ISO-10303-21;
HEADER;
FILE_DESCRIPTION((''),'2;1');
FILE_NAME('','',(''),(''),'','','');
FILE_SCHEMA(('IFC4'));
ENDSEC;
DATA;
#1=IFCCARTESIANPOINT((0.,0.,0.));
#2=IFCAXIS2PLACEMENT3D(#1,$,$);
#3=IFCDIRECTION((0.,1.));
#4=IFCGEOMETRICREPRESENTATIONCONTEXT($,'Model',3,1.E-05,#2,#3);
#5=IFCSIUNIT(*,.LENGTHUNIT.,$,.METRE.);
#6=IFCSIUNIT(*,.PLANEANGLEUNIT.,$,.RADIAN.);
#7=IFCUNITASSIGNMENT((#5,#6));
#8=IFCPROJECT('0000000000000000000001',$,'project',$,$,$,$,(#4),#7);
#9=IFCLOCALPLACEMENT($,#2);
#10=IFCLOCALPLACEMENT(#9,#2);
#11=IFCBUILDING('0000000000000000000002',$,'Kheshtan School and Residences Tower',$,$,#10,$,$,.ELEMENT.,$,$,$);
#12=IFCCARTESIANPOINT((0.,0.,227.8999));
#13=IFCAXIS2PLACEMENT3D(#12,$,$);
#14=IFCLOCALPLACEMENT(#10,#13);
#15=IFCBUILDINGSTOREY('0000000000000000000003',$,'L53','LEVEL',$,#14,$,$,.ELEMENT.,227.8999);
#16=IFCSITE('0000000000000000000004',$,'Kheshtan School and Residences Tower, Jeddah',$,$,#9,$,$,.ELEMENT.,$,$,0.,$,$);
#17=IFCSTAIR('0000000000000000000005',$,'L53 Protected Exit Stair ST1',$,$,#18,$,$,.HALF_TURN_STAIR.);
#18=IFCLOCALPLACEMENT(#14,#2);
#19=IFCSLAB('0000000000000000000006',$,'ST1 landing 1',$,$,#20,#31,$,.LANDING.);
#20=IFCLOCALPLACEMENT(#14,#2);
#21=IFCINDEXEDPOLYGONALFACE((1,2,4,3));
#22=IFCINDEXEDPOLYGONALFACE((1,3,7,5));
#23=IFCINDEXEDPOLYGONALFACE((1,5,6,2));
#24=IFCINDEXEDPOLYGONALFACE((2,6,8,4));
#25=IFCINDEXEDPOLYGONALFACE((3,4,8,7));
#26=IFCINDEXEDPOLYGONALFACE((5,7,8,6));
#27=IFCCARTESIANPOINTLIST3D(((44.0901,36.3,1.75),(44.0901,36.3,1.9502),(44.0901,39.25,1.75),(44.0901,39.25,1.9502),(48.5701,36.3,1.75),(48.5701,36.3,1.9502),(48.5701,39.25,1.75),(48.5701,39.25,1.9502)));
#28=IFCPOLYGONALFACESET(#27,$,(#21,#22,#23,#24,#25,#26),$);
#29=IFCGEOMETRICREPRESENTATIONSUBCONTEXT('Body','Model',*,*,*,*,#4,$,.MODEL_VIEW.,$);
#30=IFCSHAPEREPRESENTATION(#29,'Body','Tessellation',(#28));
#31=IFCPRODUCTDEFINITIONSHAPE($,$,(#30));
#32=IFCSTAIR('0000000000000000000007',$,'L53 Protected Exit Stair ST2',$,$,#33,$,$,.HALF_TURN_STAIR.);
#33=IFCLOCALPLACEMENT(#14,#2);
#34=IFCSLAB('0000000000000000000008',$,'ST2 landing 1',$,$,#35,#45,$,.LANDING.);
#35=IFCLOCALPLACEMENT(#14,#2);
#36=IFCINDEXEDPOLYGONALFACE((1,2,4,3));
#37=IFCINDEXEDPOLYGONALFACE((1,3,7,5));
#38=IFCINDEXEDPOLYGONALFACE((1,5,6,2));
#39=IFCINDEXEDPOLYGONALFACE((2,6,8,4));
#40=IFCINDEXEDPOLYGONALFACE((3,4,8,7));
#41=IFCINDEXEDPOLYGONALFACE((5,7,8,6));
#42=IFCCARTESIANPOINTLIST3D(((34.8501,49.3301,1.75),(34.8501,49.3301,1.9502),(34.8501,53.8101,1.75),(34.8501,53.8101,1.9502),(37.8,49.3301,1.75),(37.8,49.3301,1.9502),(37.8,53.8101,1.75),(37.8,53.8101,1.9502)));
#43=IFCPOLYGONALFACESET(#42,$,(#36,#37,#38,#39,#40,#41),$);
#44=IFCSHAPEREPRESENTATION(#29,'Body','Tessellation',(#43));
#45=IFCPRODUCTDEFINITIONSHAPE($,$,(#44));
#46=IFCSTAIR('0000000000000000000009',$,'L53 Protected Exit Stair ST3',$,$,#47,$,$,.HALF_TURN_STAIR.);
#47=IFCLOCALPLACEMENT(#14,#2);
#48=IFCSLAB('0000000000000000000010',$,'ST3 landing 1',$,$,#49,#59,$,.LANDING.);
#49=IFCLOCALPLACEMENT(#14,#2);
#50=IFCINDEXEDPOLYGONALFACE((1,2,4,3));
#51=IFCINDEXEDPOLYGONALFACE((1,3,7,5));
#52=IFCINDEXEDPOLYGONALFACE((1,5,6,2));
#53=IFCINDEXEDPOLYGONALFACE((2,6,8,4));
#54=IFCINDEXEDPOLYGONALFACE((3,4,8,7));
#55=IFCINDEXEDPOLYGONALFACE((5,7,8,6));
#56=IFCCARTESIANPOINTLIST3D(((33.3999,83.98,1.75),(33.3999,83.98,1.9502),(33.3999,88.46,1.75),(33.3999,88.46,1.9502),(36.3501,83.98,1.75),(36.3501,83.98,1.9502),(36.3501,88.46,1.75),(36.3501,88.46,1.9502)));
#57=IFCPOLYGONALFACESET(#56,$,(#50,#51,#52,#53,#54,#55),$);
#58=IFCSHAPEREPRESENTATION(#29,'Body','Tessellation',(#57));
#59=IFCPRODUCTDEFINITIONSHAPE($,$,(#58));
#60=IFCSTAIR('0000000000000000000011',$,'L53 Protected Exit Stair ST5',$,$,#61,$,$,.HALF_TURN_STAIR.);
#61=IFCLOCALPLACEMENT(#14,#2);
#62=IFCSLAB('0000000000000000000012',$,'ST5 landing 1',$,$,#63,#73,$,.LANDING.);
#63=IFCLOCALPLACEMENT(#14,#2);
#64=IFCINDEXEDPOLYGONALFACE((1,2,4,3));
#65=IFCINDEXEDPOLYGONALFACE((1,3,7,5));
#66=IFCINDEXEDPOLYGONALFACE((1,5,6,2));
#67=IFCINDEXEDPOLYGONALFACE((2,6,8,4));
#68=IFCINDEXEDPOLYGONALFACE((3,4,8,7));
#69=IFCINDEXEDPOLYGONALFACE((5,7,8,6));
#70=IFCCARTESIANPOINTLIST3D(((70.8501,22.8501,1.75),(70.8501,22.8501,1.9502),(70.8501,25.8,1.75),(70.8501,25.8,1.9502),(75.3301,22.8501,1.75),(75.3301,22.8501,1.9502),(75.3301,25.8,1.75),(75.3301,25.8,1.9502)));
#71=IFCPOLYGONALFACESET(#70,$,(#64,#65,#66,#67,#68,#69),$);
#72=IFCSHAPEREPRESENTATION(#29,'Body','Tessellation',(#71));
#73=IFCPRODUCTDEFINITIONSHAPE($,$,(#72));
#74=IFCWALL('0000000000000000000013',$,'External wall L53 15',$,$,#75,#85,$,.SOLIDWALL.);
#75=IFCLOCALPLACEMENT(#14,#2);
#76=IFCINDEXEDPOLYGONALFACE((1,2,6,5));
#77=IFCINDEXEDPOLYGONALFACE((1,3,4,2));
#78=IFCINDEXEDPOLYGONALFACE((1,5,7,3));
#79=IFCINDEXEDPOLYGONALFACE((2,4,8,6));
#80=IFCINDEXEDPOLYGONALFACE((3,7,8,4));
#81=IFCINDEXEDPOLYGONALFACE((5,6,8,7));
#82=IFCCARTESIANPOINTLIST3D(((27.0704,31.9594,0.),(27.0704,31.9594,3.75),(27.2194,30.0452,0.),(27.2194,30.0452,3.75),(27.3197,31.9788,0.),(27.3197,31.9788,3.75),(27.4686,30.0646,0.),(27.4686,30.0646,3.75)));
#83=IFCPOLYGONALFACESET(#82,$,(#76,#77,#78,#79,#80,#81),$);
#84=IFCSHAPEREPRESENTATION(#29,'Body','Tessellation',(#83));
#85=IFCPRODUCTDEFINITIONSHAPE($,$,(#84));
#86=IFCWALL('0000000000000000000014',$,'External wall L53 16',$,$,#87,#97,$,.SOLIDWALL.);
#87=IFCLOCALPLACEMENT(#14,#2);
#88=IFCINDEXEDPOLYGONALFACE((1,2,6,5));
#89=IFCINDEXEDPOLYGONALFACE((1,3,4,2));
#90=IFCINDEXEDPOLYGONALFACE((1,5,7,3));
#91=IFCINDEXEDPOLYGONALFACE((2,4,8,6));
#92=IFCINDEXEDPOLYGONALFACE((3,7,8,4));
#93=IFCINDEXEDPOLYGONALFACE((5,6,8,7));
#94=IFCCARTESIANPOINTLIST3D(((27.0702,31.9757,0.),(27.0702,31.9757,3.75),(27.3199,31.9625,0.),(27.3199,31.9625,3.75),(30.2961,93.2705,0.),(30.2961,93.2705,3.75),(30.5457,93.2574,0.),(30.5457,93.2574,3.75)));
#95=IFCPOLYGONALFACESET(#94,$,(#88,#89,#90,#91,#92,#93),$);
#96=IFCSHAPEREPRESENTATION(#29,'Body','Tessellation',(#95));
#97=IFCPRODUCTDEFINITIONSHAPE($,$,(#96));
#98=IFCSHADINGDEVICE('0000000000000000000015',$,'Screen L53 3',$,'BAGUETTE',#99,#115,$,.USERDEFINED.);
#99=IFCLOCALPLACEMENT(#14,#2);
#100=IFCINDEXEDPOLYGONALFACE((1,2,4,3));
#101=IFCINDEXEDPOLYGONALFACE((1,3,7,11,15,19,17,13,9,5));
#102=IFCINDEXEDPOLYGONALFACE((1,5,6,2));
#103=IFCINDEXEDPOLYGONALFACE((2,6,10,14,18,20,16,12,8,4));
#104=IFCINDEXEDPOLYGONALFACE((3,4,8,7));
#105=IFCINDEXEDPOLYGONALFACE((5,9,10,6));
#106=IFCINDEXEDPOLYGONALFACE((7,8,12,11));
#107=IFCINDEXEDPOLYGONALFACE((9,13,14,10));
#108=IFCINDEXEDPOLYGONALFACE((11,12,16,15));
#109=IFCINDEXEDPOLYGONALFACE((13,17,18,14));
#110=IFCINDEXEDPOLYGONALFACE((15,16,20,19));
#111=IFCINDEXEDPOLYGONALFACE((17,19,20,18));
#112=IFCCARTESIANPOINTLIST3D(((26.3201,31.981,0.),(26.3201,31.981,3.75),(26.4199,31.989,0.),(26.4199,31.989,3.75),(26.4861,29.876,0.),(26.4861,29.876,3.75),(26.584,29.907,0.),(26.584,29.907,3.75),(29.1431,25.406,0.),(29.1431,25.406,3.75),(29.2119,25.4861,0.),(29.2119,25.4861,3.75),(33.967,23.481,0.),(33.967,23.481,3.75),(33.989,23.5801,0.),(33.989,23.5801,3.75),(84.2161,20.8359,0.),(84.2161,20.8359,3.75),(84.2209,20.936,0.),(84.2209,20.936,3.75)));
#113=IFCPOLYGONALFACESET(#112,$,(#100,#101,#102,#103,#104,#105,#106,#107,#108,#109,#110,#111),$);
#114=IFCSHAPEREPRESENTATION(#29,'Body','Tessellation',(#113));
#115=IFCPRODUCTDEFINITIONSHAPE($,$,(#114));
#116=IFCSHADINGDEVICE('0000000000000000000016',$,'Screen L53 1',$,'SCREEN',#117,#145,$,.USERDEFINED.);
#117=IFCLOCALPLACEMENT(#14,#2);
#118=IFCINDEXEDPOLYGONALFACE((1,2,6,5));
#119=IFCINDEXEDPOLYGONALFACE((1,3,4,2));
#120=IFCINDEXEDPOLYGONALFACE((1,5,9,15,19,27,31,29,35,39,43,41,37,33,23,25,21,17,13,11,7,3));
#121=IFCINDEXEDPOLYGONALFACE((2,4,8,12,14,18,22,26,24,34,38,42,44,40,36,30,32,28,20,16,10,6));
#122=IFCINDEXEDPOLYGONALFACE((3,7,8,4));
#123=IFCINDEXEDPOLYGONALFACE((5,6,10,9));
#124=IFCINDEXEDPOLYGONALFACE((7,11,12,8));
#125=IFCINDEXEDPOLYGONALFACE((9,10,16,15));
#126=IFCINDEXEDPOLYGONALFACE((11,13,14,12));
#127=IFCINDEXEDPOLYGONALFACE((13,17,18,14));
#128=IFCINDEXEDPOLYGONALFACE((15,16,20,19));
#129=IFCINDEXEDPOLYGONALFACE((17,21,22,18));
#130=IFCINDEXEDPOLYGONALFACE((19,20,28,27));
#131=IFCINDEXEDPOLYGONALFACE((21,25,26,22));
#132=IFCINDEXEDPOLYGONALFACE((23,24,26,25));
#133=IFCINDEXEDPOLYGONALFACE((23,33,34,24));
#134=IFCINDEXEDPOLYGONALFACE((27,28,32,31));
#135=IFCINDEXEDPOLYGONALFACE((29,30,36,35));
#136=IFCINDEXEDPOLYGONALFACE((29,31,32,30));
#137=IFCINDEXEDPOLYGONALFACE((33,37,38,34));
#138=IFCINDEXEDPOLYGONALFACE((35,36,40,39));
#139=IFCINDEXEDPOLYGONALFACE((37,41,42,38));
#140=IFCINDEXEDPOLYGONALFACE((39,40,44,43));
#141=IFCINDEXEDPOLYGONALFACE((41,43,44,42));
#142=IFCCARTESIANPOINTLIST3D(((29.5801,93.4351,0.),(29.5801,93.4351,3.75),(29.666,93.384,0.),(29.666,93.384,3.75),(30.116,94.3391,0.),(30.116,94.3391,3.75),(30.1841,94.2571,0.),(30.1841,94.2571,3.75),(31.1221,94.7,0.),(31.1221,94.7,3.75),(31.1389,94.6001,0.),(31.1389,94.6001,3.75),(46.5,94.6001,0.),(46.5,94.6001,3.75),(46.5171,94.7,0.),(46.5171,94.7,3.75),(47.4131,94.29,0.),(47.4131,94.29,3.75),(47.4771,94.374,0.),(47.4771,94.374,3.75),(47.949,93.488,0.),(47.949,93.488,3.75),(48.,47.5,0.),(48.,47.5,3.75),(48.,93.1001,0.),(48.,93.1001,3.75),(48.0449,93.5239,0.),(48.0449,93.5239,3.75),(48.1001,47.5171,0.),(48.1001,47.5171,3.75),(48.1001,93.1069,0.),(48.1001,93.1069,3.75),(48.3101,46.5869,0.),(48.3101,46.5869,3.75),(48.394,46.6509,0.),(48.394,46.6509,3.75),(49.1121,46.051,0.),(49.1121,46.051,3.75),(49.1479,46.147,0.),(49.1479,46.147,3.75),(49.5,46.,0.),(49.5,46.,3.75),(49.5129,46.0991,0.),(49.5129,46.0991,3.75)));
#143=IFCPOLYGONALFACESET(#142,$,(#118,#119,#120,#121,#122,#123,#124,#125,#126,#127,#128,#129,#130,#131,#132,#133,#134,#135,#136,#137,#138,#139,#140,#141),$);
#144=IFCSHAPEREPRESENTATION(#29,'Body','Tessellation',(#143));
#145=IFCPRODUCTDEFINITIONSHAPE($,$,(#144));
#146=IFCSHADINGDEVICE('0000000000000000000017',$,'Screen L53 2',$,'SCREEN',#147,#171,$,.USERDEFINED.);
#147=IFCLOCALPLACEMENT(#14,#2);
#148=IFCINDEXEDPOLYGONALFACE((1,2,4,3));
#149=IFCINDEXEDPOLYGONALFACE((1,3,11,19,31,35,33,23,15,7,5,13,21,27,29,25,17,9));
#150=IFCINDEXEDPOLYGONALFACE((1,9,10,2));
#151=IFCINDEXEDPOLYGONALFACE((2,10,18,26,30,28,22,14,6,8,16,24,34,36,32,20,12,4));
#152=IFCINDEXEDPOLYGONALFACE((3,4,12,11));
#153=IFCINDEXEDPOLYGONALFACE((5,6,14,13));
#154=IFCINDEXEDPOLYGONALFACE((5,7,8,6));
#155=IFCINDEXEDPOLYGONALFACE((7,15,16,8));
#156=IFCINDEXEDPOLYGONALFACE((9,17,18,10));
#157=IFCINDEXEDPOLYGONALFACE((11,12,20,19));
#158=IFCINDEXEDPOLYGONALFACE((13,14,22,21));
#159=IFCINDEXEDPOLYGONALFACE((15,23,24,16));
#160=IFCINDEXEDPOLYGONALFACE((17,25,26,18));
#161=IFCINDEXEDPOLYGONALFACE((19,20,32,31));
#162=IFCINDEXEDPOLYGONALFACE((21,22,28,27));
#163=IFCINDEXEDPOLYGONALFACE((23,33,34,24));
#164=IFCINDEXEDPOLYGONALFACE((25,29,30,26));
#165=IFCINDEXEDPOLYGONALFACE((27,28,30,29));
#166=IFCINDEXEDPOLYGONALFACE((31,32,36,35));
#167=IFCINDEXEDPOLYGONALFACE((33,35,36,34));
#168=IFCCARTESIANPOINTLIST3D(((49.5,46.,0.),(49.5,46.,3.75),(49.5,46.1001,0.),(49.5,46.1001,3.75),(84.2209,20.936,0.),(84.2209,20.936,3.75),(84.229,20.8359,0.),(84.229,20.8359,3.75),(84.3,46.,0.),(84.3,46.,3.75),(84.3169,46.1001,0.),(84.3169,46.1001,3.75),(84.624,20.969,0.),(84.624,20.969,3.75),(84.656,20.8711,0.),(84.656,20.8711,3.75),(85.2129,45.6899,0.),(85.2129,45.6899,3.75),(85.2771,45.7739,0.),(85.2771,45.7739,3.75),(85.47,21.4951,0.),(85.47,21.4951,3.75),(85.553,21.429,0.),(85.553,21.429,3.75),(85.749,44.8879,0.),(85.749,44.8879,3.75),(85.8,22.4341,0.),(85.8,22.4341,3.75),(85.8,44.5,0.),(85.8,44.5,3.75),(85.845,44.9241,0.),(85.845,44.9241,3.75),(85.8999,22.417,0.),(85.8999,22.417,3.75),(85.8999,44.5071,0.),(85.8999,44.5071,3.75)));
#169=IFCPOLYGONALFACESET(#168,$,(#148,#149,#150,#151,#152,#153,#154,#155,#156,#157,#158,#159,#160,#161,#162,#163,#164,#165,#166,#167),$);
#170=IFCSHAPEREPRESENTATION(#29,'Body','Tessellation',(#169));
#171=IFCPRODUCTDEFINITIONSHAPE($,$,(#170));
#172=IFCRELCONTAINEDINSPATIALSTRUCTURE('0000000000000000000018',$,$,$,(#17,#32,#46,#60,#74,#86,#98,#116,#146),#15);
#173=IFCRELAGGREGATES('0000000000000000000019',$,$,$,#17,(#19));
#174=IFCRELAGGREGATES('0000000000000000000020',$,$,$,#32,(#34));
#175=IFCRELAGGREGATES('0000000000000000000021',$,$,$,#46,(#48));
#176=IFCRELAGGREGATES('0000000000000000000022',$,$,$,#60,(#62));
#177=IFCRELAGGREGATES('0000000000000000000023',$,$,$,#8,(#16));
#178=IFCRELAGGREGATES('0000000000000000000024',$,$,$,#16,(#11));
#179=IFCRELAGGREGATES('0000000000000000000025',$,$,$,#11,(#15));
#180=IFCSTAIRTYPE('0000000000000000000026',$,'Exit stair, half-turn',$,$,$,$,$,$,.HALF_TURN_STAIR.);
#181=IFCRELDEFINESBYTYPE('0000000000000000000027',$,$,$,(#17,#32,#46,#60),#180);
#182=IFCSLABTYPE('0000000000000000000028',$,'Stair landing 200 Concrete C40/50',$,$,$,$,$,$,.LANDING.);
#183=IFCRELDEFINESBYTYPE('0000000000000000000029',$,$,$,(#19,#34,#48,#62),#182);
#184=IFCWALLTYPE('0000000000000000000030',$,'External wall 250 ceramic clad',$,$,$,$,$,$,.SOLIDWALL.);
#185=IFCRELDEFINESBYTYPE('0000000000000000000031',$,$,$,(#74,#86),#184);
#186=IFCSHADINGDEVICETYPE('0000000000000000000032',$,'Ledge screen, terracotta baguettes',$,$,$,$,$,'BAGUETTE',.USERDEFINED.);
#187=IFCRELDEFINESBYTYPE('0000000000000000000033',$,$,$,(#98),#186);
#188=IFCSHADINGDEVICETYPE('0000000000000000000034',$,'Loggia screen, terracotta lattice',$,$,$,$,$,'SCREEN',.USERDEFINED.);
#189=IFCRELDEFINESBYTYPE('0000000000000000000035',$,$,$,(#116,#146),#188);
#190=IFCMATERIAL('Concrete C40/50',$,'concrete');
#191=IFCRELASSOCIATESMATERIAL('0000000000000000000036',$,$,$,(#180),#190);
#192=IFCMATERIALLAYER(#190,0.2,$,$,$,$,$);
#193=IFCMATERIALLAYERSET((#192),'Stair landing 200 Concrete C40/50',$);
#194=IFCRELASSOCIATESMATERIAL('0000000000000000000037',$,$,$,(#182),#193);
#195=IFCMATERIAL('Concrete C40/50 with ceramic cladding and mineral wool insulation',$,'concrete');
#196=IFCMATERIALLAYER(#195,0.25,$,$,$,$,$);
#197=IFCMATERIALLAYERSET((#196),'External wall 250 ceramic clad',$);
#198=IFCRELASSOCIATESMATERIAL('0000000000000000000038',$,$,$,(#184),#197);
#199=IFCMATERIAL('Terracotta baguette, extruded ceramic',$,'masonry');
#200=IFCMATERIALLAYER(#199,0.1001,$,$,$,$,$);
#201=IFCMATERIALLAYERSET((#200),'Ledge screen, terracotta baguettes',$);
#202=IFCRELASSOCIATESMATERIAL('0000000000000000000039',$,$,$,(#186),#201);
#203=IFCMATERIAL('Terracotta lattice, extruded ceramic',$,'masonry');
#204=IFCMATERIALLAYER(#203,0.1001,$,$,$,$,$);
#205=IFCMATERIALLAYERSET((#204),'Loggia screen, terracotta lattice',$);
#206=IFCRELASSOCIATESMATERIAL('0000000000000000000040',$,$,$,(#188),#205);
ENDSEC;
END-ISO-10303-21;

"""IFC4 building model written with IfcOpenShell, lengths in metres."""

from ifc_helpers import new_model, si_unit, direction, frame, frame_2d, origin, place, context, subcontext, project, spatial, polyline, rectangle, outline, extrude, material, layer, layer_set, type_object, element, aggregate, save


model = new_model("IFC4")

# Units and contexts
model_context = context("Model", 3, precision=1e-05, world=origin(), true_north=direction((0.0, 1.0)))
body_context = subcontext(model_context, "Body", "Model", "MODEL_VIEW")
ifc_project = project(units=[si_unit("LENGTHUNIT", "METRE"), si_unit("PLANEANGLEUNIT", "RADIAN")], contexts=[model_context])

# Site, building, storey
site_placement = place(None, origin())
site = spatial("IfcSite", under=ifc_project, at=site_placement, Name="Kheshtan School and Residences Tower, Jeddah", CompositionType="ELEMENT", RefElevation=0.0)
building_placement = place(site_placement, origin())
building = spatial("IfcBuilding", under=site, at=building_placement, Name="Kheshtan School and Residences Tower", CompositionType="ELEMENT")
storey_placement = place(building_placement, frame((0.0, 0.0, 227.8999)))
storey = spatial("IfcBuildingStorey", under=building, at=storey_placement, Name="L53", Description="LEVEL", CompositionType="ELEMENT", Elevation=227.8999)

# Shared definitions
ifc_material_1 = material(Name="Concrete C40/50", Category="concrete")

# Stairs, slabs
stair_type = type_object("IfcStairType", Name="Exit stair, half-turn", PredefinedType="HALF_TURN_STAIR", material=ifc_material_1)
stair_1_placement = place(storey_placement, origin())
stair_1 = element("IfcStair", 1, at=stair_1_placement, inside=storey, type_object=stair_type, Name="L53 Protected Exit Stair ST1", PredefinedType="HALF_TURN_STAIR")
ifc_layer_1 = layer(ifc_material_1, 0.2)
ifc_layer_set_1 = layer_set([ifc_layer_1], Name="Stair landing 200 Concrete C40/50")
slab_type_1 = type_object("IfcSlabType", Name="Stair landing 200 Concrete C40/50", PredefinedType="LANDING", material=ifc_layer_set_1)
slab_1_placement = place(storey_placement, frame((0.0, 0.0, 1.75)))
slab_1 = element("IfcSlab", 2, at=slab_1_placement, type_object=slab_type_1, Name="ST1 landing 1", PredefinedType="LANDING", context=body_context, shape_type="SweptSolid", body=[
    extrude(outline(polyline([(48.5701, 39.25), (44.0901, 39.25), (44.0901, 36.3), (48.5701, 36.3), (48.5701, 39.25)])), origin(), (0.0, 0.0, 1.0), 0.2002),
])
aggregate(stair_1, [slab_1])
stair_2_placement = place(storey_placement, origin())
stair_2 = element("IfcStair", 3, at=stair_2_placement, inside=storey, type_object=stair_type, Name="L53 Protected Exit Stair ST2", PredefinedType="HALF_TURN_STAIR")
slab_2_placement = place(storey_placement, frame((0.0, 0.0, 1.75)))
slab_2 = element("IfcSlab", 4, at=slab_2_placement, type_object=slab_type_1, Name="ST2 landing 1", PredefinedType="LANDING", context=body_context, shape_type="SweptSolid", body=[
    extrude(outline(polyline([(37.8, 49.3301), (37.8, 53.8101), (34.8501, 53.8101), (34.8501, 49.3301), (37.8, 49.3301)])), origin(), (0.0, 0.0, 1.0), 0.2002),
])
aggregate(stair_2, [slab_2])
stair_3_placement = place(storey_placement, origin())
stair_3 = element("IfcStair", 5, at=stair_3_placement, inside=storey, type_object=stair_type, Name="L53 Protected Exit Stair ST3", PredefinedType="HALF_TURN_STAIR")
slab_3_placement = place(storey_placement, frame((0.0, 0.0, 1.75)))
slab_3 = element("IfcSlab", 6, at=slab_3_placement, type_object=slab_type_1, Name="ST3 landing 1", PredefinedType="LANDING", context=body_context, shape_type="SweptSolid", body=[
    extrude(outline(polyline([(36.3501, 83.98), (36.3501, 88.46), (33.3999, 88.46), (33.3999, 83.98), (36.3501, 83.98)])), origin(), (0.0, 0.0, 1.0), 0.2002),
])
aggregate(stair_3, [slab_3])
stair_4_placement = place(storey_placement, origin())
stair_4 = element("IfcStair", 7, at=stair_4_placement, inside=storey, type_object=stair_type, Name="L53 Protected Exit Stair ST5", PredefinedType="HALF_TURN_STAIR")
slab_4_placement = place(storey_placement, frame((0.0, 0.0, 1.75)))
slab_4 = element("IfcSlab", 8, at=slab_4_placement, type_object=slab_type_1, Name="ST5 landing 1", PredefinedType="LANDING", context=body_context, shape_type="SweptSolid", body=[
    extrude(outline(polyline([(75.3301, 25.8), (70.8501, 25.8), (70.8501, 22.8501), (75.3301, 22.8501), (75.3301, 25.8)])), origin(), (0.0, 0.0, 1.0), 0.2002),
])
aggregate(stair_4, [slab_4])

# Walls
ifc_material_2 = material(Name="Concrete C40/50 with ceramic cladding and mineral wool insulation", Category="concrete")
ifc_layer_2 = layer(ifc_material_2, 0.25)
ifc_layer_set_2 = layer_set([ifc_layer_2], Name="External wall 250 ceramic clad")
wall_type = type_object("IfcWallType", Name="External wall 250 ceramic clad", PredefinedType="SOLIDWALL", material=ifc_layer_set_2)
wall_1_placement = place(storey_placement, frame((27.344, 30.0549, 0.0), z_axis=(0.0, 0.0, 1.0), x_axis=(-0.077572, 0.996987, 0.0)))
element("IfcWall", 9, at=wall_1_placement, inside=storey, type_object=wall_type, Name="External wall L53 15", PredefinedType="SOLIDWALL", context=body_context, shape_type="SweptSolid", body=[
    extrude(rectangle(XDim=1.9199, YDim=0.25, at=frame_2d((0.96, 0.0))), origin(), (0.0, 0.0, 1.0), 3.75),
])
wall_2_placement = place(storey_placement, frame((27.1951, 31.969, 0.0), z_axis=(0.0, 0.0, 1.0), x_axis=(0.052555, 0.998618, 0.0)))
element("IfcWall", 10, at=wall_2_placement, inside=storey, type_object=wall_type, Name="External wall L53 16", PredefinedType="SOLIDWALL", context=body_context, shape_type="SweptSolid", body=[
    extrude(rectangle(XDim=61.3796, YDim=0.25, at=frame_2d((30.6899, 0.0))), origin(), (0.0, 0.0, 1.0), 3.75),
])

# Shading devices
ifc_material_3 = material(Name="Terracotta baguette, extruded ceramic", Category="masonry")
ifc_layer_3 = layer(ifc_material_3, 0.1001)
ifc_layer_set_3 = layer_set([ifc_layer_3], Name="Ledge screen, terracotta baguettes")
shading_device_type_1 = type_object("IfcShadingDeviceType", Name="Ledge screen, terracotta baguettes", ElementType="BAGUETTE", PredefinedType="USERDEFINED", material=ifc_layer_set_3)
shading_device_1_placement = place(storey_placement, origin())
element("IfcShadingDevice", 11, at=shading_device_1_placement, inside=storey, type_object=shading_device_type_1, Name="Screen L53 3", ObjectType="BAGUETTE", PredefinedType="USERDEFINED", context=body_context, shape_type="SweptSolid", body=[
    extrude(outline(polyline([(84.2209, 20.936), (33.989, 23.5801), (29.2119, 25.4861), (26.584, 29.907), (26.4199, 31.989), (26.3201, 31.981), (26.4861, 29.876), (29.1431, 25.406), (33.967, 23.481), (84.2161, 20.8359), (84.2209, 20.936)])), origin(), (0.0, 0.0, 1.0), 3.75),
])
ifc_material_4 = material(Name="Terracotta lattice, extruded ceramic", Category="masonry")
ifc_layer_4 = layer(ifc_material_4, 0.1001)
ifc_layer_set_4 = layer_set([ifc_layer_4], Name="Loggia screen, terracotta lattice")
shading_device_type_2 = type_object("IfcShadingDeviceType", Name="Loggia screen, terracotta lattice", ElementType="SCREEN", PredefinedType="USERDEFINED", material=ifc_layer_set_4)
shading_device_2_placement = place(storey_placement, origin())
element("IfcShadingDevice", 12, at=shading_device_2_placement, inside=storey, type_object=shading_device_type_2, Name="Screen L53 1", ObjectType="SCREEN", PredefinedType="USERDEFINED", context=body_context, shape_type="SweptSolid", body=[
    extrude(outline(polyline([(29.666, 93.384), (30.1841, 94.2571), (31.1389, 94.6001), (46.5, 94.6001), (47.4131, 94.29), (47.949, 93.488), (48.0, 93.1001), (48.0, 47.5), (48.3101, 46.5869), (49.1121, 46.051), (49.5, 46.0), (49.5129, 46.0991), (49.1479, 46.147), (48.394, 46.6509), (48.1001, 47.5171), (48.1001, 93.1069), (48.0449, 93.5239), (47.4771, 94.374), (46.5171, 94.7), (31.1221, 94.7), (30.116, 94.3391), (29.5801, 93.4351), (29.666, 93.384)])), origin(), (0.0, 0.0, 1.0), 3.75),
])
shading_device_3_placement = place(storey_placement, origin())
element("IfcShadingDevice", 13, at=shading_device_3_placement, inside=storey, type_object=shading_device_type_2, Name="Screen L53 2", ObjectType="SCREEN", PredefinedType="USERDEFINED", context=body_context, shape_type="SweptSolid", body=[
    extrude(outline(polyline([(49.5, 46.0), (84.3, 46.0), (85.2129, 45.6899), (85.749, 44.8879), (85.8, 44.5), (85.8, 22.4341), (85.47, 21.4951), (84.624, 20.969), (84.2209, 20.936), (84.229, 20.8359), (84.656, 20.8711), (85.553, 21.429), (85.8999, 22.417), (85.8999, 44.5071), (85.845, 44.9241), (85.2771, 45.7739), (84.3169, 46.1001), (49.5, 46.1001), (49.5, 46.0)])), origin(), (0.0, 0.0, 1.0), 3.75),
])

save(model, "model.ifc")
